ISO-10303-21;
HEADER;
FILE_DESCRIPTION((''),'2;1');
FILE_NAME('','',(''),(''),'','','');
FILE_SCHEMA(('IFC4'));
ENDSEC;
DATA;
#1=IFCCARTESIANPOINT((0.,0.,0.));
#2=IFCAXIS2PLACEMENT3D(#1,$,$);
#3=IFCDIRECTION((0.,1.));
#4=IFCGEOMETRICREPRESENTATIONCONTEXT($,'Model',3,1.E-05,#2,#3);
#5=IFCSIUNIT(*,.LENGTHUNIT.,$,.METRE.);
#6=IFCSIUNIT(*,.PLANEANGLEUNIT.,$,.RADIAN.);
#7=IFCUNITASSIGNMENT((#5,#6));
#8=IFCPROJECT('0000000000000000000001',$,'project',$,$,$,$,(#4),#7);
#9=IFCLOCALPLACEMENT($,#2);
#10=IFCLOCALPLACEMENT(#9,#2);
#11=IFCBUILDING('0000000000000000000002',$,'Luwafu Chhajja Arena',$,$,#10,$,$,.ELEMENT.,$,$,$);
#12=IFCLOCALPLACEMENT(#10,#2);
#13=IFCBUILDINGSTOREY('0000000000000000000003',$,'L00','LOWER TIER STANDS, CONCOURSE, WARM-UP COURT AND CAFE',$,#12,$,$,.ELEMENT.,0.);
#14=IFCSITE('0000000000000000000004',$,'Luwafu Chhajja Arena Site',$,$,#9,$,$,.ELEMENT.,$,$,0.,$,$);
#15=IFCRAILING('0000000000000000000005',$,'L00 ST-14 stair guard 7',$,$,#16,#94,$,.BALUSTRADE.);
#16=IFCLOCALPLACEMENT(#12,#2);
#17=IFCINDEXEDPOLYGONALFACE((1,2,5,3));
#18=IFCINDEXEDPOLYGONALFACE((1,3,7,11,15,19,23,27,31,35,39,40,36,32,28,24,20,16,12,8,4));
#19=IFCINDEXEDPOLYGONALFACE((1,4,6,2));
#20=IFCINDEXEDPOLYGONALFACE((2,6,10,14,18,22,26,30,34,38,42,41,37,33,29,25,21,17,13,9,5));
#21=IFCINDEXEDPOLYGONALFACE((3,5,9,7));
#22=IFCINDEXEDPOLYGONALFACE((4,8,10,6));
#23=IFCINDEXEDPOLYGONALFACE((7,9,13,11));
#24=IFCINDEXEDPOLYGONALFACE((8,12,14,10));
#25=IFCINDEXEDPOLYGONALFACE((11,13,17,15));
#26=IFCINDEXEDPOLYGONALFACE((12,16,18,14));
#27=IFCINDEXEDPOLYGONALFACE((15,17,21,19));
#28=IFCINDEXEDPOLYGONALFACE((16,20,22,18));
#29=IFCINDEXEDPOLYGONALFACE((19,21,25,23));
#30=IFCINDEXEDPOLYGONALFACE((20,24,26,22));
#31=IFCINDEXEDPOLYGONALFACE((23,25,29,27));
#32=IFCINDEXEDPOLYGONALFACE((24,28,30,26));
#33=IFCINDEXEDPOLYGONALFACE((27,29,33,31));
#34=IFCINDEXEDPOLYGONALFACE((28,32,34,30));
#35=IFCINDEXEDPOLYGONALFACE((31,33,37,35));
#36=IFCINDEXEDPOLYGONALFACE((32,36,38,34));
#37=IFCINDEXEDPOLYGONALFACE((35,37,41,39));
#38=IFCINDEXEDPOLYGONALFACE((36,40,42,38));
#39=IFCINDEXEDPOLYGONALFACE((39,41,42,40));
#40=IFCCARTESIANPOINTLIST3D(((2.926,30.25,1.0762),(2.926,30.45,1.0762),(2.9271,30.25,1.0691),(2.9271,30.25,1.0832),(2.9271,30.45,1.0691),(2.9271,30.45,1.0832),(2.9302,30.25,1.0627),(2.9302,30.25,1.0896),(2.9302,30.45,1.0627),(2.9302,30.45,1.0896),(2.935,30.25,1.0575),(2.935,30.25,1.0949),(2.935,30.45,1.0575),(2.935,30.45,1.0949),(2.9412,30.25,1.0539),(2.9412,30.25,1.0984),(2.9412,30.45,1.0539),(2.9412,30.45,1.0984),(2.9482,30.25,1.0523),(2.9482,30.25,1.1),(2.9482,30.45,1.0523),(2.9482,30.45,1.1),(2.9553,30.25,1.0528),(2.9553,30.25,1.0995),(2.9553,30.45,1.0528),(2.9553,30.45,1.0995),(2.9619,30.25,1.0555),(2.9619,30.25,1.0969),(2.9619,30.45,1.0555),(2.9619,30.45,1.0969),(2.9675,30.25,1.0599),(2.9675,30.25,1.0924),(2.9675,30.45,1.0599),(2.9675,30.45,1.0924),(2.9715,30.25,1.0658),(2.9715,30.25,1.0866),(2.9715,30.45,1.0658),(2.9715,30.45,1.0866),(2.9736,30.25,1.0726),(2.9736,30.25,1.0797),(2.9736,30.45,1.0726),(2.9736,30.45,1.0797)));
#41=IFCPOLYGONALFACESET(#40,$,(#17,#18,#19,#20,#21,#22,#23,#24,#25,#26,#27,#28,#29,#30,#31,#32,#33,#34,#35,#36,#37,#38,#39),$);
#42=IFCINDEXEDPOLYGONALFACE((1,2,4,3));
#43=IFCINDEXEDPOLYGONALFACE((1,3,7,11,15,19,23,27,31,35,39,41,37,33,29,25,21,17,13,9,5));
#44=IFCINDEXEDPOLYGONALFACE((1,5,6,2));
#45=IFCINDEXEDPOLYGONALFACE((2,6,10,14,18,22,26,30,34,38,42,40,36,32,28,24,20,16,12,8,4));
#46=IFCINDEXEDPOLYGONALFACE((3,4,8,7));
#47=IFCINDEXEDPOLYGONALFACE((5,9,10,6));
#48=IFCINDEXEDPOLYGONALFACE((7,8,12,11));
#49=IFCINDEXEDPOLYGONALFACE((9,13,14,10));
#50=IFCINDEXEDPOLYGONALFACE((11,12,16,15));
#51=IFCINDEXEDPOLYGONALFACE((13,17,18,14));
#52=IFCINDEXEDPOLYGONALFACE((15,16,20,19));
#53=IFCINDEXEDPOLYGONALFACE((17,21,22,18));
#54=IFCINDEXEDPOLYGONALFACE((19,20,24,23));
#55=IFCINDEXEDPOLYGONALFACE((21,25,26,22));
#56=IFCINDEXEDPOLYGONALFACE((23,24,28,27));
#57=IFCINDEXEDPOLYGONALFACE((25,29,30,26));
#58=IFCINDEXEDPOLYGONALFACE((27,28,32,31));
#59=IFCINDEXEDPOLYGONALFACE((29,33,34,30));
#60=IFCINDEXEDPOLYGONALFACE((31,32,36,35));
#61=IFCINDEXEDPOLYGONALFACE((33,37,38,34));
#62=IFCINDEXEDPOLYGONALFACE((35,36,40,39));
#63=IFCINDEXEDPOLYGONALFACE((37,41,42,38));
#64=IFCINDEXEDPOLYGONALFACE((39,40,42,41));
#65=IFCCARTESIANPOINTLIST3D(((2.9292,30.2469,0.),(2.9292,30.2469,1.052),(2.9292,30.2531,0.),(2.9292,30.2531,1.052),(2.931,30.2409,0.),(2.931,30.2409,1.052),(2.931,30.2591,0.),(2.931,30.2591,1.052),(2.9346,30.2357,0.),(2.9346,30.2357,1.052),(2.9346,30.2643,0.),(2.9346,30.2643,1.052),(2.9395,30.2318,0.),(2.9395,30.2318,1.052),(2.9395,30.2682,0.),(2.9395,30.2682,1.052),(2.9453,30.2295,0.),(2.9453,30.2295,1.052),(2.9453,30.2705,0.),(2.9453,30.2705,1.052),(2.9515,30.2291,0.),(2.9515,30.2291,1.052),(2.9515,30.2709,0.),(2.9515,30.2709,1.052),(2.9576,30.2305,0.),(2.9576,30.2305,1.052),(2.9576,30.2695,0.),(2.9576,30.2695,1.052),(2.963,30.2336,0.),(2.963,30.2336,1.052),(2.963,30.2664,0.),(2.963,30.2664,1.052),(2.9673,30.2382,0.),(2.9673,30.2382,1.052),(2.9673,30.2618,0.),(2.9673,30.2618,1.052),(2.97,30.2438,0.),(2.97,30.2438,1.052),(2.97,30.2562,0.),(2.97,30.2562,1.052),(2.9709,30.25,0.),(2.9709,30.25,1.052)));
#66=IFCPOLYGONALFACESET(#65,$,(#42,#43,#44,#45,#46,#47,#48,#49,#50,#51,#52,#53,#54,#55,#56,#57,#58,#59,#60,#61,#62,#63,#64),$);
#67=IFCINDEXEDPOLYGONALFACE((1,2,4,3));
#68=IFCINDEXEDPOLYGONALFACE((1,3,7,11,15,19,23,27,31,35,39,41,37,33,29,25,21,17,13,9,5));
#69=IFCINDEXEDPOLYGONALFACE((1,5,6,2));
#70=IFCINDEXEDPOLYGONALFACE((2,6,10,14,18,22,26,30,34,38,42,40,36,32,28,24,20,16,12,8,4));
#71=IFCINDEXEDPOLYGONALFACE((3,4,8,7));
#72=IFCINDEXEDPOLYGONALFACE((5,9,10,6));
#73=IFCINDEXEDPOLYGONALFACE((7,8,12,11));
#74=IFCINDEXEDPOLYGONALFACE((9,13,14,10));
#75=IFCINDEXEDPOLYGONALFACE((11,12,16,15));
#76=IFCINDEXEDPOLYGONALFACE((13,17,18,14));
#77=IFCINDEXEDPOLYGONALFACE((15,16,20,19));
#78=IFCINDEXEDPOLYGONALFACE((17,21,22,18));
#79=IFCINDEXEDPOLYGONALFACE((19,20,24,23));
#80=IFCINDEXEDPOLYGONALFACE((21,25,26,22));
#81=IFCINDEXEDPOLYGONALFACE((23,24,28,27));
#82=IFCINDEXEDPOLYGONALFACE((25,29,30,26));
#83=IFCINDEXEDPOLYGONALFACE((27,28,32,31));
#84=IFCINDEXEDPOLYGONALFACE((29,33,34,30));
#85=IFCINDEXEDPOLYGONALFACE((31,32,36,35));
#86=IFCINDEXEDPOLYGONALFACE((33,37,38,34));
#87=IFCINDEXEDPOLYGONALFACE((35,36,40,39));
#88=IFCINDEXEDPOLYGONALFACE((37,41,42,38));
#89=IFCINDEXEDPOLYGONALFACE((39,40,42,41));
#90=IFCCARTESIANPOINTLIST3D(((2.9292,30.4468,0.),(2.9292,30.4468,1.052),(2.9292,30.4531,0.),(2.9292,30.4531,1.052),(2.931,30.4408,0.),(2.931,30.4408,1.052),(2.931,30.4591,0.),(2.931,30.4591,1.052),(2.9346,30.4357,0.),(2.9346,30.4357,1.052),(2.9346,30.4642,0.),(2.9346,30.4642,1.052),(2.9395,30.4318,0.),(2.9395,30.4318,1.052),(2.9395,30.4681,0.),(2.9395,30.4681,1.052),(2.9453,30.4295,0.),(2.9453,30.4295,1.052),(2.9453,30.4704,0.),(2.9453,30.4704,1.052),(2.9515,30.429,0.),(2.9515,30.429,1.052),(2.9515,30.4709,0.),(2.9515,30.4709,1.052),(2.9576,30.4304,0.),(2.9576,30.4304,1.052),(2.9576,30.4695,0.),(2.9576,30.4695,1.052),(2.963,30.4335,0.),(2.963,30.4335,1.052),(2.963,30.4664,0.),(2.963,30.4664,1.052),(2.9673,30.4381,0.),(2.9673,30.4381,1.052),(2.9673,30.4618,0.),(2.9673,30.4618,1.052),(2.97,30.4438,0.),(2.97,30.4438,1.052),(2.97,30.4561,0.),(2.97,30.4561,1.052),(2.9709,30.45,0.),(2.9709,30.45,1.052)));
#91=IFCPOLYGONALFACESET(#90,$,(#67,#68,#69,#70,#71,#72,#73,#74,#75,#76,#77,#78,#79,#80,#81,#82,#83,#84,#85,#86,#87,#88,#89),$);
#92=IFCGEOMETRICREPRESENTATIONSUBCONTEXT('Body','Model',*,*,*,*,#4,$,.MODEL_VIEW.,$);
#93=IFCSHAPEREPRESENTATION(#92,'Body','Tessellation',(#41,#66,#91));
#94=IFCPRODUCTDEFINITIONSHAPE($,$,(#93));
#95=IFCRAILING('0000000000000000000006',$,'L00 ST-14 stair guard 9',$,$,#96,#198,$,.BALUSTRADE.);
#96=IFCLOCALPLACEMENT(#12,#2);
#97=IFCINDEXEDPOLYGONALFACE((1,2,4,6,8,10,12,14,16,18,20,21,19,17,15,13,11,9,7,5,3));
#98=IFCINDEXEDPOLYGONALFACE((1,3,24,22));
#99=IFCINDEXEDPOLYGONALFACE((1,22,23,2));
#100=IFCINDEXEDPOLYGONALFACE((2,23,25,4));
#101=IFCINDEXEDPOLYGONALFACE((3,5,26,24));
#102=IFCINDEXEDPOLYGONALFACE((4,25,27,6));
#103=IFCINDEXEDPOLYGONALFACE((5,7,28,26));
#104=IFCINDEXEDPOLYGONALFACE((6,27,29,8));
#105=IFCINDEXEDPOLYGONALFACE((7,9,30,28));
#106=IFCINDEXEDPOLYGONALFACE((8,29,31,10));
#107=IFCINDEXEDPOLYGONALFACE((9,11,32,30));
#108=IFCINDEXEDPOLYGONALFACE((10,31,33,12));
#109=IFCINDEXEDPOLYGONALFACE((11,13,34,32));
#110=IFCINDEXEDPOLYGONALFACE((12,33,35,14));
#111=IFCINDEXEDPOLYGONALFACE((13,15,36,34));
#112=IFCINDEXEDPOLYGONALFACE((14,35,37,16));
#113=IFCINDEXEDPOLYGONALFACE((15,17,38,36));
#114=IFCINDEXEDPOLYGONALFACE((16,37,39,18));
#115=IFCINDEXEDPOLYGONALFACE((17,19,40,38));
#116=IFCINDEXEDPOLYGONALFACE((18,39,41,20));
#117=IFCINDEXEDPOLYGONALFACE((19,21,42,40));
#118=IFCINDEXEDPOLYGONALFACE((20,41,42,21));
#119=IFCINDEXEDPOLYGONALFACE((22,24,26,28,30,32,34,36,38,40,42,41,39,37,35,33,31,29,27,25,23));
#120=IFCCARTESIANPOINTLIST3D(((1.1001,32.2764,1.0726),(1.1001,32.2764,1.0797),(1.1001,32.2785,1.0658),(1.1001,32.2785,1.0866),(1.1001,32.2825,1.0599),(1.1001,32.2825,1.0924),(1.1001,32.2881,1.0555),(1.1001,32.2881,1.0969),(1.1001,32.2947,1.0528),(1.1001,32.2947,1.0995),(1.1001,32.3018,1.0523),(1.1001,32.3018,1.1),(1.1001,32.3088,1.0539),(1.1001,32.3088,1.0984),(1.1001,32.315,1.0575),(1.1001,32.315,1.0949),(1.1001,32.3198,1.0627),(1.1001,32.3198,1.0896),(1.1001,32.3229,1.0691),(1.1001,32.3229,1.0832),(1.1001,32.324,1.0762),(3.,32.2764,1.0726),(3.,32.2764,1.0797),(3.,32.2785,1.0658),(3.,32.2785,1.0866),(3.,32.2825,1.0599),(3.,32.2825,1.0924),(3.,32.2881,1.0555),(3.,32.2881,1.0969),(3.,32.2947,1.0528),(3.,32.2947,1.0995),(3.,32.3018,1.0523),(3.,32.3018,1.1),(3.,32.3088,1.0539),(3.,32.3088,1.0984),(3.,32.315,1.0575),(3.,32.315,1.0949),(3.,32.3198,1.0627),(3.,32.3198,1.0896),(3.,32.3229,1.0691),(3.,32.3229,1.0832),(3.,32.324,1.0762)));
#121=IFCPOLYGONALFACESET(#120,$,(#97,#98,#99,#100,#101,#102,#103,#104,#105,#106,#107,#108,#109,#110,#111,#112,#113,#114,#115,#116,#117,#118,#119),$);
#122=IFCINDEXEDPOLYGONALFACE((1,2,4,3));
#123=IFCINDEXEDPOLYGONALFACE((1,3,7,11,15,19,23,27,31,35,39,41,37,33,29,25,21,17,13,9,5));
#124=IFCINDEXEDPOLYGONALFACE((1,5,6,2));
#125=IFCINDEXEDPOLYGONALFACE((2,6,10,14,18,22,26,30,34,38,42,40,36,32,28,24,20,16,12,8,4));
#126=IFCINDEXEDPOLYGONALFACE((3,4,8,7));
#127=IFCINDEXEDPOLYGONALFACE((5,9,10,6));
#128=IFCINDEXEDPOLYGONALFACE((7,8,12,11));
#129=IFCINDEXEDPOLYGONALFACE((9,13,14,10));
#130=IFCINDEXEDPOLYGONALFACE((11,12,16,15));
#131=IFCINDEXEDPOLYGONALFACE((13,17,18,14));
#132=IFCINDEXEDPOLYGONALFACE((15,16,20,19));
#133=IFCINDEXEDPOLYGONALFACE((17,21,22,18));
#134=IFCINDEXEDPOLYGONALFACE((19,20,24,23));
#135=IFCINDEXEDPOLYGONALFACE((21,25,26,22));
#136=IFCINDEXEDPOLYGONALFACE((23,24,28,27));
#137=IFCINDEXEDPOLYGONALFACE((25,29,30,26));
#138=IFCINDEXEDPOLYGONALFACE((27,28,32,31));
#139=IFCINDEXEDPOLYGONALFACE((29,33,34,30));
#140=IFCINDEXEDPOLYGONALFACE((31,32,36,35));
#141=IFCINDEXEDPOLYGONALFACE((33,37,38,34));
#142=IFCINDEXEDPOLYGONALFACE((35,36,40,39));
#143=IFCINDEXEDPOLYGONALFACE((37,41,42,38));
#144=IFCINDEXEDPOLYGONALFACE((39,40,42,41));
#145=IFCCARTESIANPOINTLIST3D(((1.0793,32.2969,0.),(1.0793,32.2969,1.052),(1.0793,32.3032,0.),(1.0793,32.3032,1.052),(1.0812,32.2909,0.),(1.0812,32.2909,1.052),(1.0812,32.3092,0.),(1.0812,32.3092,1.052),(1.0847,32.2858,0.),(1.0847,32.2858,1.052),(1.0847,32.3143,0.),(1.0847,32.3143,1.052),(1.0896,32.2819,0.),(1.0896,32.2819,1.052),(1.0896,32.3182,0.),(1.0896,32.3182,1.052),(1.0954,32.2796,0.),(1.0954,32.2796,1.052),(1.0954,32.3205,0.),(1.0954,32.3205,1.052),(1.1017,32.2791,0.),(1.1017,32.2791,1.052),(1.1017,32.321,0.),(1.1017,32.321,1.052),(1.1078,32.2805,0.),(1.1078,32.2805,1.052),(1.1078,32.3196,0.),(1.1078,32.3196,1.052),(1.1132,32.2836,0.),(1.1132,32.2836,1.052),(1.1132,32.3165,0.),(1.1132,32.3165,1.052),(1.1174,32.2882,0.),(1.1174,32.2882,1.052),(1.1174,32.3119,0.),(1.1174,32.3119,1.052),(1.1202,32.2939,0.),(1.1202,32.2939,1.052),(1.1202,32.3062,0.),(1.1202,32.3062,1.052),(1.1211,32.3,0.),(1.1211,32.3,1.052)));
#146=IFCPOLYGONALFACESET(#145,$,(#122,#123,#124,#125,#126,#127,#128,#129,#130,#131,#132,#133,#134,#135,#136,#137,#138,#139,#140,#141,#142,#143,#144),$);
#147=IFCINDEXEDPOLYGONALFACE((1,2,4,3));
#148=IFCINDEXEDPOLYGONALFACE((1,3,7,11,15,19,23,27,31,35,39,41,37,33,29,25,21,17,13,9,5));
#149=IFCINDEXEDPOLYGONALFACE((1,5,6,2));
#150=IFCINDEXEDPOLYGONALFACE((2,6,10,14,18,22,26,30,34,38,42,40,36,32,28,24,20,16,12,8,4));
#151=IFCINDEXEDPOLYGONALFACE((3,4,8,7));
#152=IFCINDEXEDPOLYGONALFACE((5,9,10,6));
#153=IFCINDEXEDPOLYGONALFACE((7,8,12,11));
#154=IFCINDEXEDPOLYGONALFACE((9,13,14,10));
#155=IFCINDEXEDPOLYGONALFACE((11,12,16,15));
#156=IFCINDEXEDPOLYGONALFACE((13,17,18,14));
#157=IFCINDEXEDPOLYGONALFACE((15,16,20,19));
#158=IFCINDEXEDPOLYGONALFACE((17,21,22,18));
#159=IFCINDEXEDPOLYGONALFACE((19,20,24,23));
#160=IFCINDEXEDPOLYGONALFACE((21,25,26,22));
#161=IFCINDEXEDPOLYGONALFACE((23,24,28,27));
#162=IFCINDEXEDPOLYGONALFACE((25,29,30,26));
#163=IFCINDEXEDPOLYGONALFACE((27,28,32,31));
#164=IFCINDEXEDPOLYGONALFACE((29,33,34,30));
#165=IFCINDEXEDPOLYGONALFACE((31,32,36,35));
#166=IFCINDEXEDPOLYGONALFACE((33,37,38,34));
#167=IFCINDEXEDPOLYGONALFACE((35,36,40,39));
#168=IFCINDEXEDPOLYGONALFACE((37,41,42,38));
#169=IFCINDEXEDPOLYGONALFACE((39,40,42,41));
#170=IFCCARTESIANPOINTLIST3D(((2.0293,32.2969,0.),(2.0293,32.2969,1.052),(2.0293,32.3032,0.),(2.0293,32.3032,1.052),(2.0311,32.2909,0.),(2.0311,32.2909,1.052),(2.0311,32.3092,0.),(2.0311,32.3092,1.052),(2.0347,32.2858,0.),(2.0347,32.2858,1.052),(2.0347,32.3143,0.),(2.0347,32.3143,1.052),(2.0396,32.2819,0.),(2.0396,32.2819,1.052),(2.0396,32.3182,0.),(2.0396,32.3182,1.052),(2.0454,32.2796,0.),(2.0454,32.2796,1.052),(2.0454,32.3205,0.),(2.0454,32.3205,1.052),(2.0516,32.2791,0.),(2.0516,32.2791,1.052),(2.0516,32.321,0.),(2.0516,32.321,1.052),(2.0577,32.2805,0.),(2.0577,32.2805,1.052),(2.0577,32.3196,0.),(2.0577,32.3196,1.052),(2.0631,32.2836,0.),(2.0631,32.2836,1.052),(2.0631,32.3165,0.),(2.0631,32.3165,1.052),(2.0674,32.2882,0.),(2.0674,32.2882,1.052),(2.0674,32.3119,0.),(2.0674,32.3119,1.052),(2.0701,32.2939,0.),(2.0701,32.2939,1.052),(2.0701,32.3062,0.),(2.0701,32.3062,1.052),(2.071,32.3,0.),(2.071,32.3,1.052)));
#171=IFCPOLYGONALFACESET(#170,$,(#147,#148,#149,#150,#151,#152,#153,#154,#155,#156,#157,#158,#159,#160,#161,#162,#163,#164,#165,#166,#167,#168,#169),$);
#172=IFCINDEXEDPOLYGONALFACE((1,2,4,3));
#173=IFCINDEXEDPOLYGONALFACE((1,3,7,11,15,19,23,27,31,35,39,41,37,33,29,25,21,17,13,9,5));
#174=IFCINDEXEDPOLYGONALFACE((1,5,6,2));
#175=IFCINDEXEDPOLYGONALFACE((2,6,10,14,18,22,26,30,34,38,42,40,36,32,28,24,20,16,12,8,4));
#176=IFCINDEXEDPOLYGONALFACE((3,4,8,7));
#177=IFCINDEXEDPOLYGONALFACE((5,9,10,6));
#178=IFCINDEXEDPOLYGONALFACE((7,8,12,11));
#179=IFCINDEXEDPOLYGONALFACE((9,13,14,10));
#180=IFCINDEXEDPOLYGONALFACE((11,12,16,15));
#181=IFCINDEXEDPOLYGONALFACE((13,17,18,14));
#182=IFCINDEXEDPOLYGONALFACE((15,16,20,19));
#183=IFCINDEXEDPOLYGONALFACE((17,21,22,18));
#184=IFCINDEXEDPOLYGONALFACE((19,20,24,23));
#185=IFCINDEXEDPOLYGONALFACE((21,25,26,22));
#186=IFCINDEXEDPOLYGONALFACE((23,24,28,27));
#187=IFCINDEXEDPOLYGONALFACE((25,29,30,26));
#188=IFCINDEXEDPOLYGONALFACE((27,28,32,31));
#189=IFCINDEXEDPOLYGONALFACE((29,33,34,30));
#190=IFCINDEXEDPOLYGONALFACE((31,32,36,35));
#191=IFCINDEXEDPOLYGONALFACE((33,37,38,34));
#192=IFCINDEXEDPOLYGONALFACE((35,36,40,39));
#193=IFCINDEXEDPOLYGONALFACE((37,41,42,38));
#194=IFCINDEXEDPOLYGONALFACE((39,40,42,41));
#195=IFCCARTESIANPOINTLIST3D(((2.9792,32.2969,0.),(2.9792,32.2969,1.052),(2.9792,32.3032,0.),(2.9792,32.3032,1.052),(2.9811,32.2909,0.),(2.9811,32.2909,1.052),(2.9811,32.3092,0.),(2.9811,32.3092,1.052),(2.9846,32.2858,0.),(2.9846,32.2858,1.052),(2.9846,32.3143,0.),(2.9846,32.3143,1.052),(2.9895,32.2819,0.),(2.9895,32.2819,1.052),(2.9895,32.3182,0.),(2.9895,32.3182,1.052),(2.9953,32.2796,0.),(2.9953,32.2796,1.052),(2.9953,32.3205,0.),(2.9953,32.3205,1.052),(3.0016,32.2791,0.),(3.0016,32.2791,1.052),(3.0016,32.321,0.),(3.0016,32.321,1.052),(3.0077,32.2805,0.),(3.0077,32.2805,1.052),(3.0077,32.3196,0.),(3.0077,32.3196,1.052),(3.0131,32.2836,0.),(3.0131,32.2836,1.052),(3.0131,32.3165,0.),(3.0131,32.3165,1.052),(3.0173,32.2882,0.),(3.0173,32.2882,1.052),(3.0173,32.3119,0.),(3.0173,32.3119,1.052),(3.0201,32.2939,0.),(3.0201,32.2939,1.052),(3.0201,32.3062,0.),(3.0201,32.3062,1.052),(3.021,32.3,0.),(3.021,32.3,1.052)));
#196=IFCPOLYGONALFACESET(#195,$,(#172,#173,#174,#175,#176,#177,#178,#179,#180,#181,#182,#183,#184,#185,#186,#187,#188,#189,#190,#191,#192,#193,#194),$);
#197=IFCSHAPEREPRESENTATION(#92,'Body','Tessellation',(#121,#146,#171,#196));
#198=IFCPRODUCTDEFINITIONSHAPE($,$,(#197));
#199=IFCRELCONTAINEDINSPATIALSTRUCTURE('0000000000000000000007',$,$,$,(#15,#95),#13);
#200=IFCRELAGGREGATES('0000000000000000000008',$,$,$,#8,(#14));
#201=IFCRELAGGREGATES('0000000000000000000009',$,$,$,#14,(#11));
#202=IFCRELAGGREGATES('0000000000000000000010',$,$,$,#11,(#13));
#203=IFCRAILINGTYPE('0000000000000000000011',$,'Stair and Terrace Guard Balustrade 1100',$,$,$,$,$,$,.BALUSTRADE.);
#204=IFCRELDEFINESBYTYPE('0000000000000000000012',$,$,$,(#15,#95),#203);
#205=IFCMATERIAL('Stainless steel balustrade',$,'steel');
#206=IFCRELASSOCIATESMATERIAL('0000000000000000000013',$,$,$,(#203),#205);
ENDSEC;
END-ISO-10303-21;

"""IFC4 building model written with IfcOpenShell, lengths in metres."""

from ifc_helpers import new_model, si_unit, direction, frame, origin, origin_2d, place, context, subcontext, project, spatial, circle, extrude, material, type_object, element, save


model = new_model("IFC4")

# Units and contexts
model_context = context("Model", 3, precision=1e-05, world=origin(), true_north=direction((0.0, 1.0)))
body_context = subcontext(model_context, "Body", "Model", "MODEL_VIEW")
ifc_project = project(units=[si_unit("LENGTHUNIT", "METRE"), si_unit("PLANEANGLEUNIT", "RADIAN")], contexts=[model_context])

# Site, building, storey
site_placement = place(None, origin())
site = spatial("IfcSite", under=ifc_project, at=site_placement, Name="Luwafu Chhajja Arena Site", CompositionType="ELEMENT", RefElevation=0.0)
building_placement = place(site_placement, origin())
building = spatial("IfcBuilding", under=site, at=building_placement, Name="Luwafu Chhajja Arena", CompositionType="ELEMENT")
storey_placement = place(building_placement, origin())
storey = spatial("IfcBuildingStorey", under=building, at=storey_placement, Name="L00", Description="LOWER TIER STANDS, CONCOURSE, WARM-UP COURT AND CAFE", CompositionType="ELEMENT", Elevation=0.0)

# Railings
ifc_material_1 = material(Name="Stainless steel balustrade", Category="steel")
railing_type = type_object("IfcRailingType", Name="Stair and Terrace Guard Balustrade 1100", PredefinedType="BALUSTRADE", material=ifc_material_1)
railing_1_placement = place(storey_placement, frame((2.95, 30.25, 0.0)))
element("IfcRailing", 1, at=railing_1_placement, inside=storey, type_object=railing_type, Name="L00 ST-14 stair guard 7", PredefinedType="BALUSTRADE", context=body_context, shape_type="SweptSolid", body=[
    extrude(circle(Radius=0.0239, at=origin_2d()), frame((0.0, 0.0, 1.0762), z_axis=(0.0, 1.0, 0.0), x_axis=(-1.0, 0.0, 0.0)), (0.0, 0.0, 1.0), 0.2),
    extrude(circle(Radius=0.021, at=origin_2d()), origin(), (0.0, 0.0, 1.0), 1.052),
    extrude(circle(Radius=0.021, at=origin_2d()), frame((0.0, 0.2, 0.0)), (0.0, 0.0, 1.0), 1.052),
])
railing_2_placement = place(storey_placement, frame((1.1001, 32.3, 0.0)))
element("IfcRailing", 2, at=railing_2_placement, inside=storey, type_object=railing_type, Name="L00 ST-14 stair guard 9", PredefinedType="BALUSTRADE", context=body_context, shape_type="SweptSolid", body=[
    extrude(circle(Radius=0.0239, at=origin_2d()), frame((0.0, 0.0, 1.0762), z_axis=(1.0, 0.0, 0.0), x_axis=(0.0, 1.0, 0.0)), (0.0, 0.0, 1.0), 1.8999),
    extrude(circle(Radius=0.021, at=origin_2d()), origin(), (0.0, 0.0, 1.0), 1.052),
    extrude(circle(Radius=0.021, at=origin_2d()), frame((0.95, 0.0, 0.0)), (0.0, 0.0, 1.0), 1.052),
    extrude(circle(Radius=0.021, at=origin_2d()), frame((1.8999, 0.0, 0.0)), (0.0, 0.0, 1.0), 1.052),
])

save(model, "model.ifc")
